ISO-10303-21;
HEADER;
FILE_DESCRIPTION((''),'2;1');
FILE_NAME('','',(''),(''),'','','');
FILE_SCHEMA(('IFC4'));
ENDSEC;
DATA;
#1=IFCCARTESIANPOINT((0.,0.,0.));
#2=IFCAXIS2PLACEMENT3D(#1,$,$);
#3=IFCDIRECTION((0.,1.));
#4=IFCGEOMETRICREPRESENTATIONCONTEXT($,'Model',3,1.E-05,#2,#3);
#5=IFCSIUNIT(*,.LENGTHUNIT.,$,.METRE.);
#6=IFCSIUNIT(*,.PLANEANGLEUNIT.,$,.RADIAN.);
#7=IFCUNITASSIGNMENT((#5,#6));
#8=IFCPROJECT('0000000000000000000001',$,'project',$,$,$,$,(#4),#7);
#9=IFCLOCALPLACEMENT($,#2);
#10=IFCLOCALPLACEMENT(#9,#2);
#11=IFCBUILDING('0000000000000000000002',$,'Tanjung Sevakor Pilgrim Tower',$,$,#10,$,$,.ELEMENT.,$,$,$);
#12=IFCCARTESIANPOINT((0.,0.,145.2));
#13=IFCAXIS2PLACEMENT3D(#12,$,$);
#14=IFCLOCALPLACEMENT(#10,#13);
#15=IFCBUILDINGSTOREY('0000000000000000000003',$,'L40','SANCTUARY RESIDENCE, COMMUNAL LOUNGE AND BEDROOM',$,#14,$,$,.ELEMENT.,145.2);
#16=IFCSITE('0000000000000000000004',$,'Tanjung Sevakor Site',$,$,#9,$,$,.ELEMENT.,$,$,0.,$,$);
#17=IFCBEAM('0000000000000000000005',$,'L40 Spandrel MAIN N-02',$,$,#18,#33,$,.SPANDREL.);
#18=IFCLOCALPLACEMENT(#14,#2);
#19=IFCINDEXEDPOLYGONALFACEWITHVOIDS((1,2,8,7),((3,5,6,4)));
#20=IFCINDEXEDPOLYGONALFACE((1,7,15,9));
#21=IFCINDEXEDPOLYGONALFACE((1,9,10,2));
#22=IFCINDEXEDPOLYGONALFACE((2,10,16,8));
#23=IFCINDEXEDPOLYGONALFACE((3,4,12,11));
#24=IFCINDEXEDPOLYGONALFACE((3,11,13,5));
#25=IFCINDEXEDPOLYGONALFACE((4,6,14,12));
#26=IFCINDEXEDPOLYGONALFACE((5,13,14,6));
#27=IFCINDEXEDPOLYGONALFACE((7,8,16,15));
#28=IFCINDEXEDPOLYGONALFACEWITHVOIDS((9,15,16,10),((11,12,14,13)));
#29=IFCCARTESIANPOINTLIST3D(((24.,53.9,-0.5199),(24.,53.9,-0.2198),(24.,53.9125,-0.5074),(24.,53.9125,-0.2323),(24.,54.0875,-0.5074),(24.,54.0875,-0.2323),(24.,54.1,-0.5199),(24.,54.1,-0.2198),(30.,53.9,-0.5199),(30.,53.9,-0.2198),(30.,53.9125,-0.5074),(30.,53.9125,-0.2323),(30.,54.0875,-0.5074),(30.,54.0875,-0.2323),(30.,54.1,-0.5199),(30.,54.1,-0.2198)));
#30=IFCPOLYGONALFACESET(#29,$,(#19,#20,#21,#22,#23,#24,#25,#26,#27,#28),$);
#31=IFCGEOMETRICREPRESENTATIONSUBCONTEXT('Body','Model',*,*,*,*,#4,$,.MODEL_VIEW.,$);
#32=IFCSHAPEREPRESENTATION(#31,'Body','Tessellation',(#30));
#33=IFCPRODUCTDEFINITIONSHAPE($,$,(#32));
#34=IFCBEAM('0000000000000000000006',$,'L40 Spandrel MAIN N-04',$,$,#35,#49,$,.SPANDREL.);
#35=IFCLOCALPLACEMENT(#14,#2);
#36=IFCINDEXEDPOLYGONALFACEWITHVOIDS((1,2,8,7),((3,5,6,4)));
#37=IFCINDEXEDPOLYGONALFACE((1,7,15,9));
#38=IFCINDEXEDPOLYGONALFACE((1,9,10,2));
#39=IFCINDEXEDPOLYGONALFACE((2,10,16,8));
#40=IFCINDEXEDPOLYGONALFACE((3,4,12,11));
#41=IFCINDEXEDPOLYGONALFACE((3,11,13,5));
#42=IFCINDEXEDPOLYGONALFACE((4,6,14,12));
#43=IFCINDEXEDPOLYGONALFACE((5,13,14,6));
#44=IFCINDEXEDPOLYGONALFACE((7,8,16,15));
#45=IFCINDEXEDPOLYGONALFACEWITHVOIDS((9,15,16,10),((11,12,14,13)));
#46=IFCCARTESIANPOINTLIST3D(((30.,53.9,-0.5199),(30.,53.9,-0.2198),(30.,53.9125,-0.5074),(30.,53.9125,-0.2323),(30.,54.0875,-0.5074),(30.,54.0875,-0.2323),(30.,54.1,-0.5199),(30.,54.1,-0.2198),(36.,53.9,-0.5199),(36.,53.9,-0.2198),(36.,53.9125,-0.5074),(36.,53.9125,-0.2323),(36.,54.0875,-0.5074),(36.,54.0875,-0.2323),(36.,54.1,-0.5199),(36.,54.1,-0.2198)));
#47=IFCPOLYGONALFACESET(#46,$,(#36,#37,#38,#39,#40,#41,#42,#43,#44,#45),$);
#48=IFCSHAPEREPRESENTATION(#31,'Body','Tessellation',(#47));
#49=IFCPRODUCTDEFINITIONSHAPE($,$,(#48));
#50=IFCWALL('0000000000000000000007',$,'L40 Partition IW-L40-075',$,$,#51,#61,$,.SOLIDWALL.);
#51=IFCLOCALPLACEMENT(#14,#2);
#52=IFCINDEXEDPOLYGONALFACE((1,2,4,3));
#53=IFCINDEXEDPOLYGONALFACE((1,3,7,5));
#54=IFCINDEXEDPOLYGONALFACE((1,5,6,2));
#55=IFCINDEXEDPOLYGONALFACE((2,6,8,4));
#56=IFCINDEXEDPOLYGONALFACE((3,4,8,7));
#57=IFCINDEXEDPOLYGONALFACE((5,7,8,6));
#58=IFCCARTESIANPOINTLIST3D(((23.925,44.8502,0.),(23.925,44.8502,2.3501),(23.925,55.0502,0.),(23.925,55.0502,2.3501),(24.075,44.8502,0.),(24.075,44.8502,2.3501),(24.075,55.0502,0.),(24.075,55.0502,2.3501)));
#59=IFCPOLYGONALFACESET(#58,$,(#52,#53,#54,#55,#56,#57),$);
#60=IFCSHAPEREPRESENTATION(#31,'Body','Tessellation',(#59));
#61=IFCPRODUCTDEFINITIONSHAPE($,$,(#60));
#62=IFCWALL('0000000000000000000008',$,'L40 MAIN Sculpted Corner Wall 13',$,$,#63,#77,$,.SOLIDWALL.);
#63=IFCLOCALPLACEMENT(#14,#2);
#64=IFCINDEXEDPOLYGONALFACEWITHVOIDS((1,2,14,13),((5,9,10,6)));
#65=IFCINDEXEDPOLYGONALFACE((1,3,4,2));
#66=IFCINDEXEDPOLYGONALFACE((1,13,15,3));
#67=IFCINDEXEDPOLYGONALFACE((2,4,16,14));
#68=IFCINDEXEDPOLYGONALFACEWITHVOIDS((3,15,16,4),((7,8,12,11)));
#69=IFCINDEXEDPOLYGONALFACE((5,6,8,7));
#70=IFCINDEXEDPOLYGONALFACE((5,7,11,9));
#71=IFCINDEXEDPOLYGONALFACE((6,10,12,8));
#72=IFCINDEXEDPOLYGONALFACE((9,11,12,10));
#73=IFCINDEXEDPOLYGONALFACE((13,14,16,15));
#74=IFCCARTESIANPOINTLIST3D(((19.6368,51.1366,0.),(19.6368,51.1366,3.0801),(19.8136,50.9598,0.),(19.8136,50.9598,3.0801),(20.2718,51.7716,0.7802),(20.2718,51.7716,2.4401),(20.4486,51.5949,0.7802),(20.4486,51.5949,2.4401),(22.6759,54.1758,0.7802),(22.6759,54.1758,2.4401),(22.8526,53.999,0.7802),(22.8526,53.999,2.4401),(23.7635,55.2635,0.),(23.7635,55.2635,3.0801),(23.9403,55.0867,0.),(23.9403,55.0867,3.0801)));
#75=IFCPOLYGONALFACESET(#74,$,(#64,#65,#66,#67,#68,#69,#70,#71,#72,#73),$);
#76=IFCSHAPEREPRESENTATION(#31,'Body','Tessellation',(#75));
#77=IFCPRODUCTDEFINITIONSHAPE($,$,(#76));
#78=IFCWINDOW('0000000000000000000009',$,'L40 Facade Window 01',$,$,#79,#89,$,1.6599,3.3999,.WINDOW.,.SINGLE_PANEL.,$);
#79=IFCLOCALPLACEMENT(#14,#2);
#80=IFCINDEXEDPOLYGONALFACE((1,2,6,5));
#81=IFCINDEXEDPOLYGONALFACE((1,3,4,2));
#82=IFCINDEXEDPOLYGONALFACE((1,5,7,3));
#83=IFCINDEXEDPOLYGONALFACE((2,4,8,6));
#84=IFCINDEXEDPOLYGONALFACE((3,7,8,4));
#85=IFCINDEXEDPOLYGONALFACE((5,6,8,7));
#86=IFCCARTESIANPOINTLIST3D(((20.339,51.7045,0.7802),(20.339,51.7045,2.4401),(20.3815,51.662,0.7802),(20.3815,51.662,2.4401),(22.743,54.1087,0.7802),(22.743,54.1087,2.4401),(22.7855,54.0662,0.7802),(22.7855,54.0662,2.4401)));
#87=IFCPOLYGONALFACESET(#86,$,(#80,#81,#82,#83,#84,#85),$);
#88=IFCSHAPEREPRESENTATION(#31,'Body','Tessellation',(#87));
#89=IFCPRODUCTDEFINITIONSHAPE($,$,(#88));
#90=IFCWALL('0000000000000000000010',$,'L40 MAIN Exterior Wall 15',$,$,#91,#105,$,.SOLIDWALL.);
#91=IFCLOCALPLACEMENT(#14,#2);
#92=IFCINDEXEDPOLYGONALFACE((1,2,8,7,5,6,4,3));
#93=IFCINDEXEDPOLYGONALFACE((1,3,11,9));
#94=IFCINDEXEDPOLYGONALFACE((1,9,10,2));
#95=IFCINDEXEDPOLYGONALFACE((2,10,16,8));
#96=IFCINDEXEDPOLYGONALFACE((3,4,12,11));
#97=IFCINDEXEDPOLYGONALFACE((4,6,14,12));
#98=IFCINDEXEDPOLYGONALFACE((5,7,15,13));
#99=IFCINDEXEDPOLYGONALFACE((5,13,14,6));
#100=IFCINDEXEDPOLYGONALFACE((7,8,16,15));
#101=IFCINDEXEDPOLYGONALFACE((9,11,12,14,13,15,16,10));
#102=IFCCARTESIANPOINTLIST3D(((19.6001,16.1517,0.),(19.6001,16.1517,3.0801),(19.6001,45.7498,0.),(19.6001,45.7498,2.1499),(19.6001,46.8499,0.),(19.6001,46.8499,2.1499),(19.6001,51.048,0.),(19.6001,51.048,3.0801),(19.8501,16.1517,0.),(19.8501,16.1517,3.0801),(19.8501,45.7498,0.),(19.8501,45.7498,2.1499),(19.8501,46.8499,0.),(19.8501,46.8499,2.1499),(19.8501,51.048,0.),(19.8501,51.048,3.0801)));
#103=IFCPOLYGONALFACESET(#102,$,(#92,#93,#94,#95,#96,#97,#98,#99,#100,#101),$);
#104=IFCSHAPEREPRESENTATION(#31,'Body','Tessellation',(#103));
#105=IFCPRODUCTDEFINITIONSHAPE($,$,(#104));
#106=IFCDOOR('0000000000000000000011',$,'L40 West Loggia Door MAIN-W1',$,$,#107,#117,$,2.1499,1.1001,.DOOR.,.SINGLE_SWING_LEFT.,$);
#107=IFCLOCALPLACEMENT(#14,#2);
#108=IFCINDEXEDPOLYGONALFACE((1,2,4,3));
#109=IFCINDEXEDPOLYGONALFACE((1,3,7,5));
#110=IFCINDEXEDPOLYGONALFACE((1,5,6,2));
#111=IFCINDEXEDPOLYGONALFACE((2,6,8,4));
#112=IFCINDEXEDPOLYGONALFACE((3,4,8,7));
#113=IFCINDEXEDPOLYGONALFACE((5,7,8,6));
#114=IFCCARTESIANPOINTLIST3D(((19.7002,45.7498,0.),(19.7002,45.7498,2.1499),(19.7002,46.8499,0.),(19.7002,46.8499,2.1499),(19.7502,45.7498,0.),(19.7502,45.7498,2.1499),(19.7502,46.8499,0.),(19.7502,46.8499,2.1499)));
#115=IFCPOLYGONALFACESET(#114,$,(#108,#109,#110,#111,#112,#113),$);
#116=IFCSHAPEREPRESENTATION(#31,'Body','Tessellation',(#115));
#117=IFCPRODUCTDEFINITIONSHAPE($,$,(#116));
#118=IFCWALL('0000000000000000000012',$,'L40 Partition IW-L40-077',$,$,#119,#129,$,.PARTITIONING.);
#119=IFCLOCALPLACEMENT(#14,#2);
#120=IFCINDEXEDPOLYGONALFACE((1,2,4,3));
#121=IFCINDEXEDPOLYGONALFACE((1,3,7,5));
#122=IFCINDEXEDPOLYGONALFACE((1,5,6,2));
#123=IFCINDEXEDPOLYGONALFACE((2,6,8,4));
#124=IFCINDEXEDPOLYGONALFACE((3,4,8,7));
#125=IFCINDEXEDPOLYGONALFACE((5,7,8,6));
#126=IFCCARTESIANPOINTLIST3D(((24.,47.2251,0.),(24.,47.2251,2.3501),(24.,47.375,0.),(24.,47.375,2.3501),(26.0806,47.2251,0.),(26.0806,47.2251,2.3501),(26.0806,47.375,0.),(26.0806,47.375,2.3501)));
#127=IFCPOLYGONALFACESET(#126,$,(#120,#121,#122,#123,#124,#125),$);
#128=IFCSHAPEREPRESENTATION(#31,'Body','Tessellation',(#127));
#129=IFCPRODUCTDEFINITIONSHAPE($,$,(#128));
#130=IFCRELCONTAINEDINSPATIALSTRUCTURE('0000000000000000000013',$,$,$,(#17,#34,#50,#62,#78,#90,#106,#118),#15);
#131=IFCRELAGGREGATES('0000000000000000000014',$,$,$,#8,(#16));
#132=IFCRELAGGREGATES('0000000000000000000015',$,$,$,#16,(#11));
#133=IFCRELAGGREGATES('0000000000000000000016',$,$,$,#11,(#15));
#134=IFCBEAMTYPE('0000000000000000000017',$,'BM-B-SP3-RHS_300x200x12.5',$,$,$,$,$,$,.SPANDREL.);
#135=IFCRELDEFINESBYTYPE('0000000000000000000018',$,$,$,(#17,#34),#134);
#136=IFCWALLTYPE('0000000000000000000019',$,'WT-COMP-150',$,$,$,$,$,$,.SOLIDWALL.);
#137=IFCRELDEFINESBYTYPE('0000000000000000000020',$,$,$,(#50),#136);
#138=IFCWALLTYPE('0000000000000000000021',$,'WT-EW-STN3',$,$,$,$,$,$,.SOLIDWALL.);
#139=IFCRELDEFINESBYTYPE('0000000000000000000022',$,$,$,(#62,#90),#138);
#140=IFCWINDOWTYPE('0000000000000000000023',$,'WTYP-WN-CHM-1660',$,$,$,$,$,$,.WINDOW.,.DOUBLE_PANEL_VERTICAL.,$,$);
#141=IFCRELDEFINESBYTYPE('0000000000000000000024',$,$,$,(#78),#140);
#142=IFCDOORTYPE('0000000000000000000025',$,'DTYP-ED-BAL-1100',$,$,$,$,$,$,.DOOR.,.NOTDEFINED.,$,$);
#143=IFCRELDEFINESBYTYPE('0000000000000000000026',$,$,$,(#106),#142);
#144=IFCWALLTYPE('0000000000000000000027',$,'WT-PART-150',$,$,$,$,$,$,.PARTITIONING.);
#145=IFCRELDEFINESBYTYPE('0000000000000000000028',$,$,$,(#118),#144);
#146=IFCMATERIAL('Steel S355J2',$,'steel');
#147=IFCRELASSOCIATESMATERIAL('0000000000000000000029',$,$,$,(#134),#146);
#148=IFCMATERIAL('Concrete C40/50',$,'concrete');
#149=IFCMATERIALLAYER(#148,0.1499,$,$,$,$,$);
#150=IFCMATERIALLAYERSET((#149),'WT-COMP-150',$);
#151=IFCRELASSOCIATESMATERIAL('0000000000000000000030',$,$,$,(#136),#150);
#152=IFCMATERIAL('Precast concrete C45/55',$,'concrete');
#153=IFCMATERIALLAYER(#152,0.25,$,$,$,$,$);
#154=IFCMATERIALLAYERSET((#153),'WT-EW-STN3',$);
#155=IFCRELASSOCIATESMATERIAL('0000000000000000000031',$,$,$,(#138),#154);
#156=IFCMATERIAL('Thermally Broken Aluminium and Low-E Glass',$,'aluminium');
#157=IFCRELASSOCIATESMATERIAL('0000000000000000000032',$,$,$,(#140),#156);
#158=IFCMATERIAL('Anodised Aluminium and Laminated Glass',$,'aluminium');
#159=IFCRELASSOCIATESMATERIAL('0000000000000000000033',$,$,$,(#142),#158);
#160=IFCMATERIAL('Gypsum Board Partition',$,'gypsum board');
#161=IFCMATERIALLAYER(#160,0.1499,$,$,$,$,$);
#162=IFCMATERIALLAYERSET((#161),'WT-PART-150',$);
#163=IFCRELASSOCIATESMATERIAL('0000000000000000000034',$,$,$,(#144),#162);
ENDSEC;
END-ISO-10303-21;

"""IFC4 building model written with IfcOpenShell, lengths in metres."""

from ifc_helpers import new_model, si_unit, direction, frame, frame_2d, origin, origin_2d, place, context, subcontext, project, spatial, rectangle, hollow_rectangle, extrude, material, layer, layer_set, material_profile, profile_set, type_object, element, fill, save


model = new_model("IFC4")

# Units and contexts
model_context = context("Model", 3, precision=1e-05, world=origin(), true_north=direction((0.0, 1.0)))
body_context = subcontext(model_context, "Body", "Model", "MODEL_VIEW")
ifc_project = project(units=[si_unit("LENGTHUNIT", "METRE"), si_unit("PLANEANGLEUNIT", "RADIAN")], contexts=[model_context])

# Site, building, storey
site_placement = place(None, origin())
site = spatial("IfcSite", under=ifc_project, at=site_placement, Name="Tanjung Sevakor Site", CompositionType="ELEMENT", RefElevation=0.0)
building_placement = place(site_placement, origin())
building = spatial("IfcBuilding", under=site, at=building_placement, Name="Tanjung Sevakor Pilgrim Tower", CompositionType="ELEMENT")
storey_placement = place(building_placement, frame((0.0, 0.0, 145.2)))
storey = spatial("IfcBuildingStorey", under=building, at=storey_placement, Name="L40", Description="SANCTUARY RESIDENCE, COMMUNAL LOUNGE AND BEDROOM", CompositionType="ELEMENT", Elevation=145.2)

# Beams
ifc_material_1 = material(Name="Steel S355J2", Category="steel")
ifc_material_profile_1 = material_profile(ifc_material_1, hollow_rectangle(XDim=0.2, YDim=0.3, WallThickness=0.0125, at=origin_2d()))
ifc_profile_set_1 = profile_set([ifc_material_profile_1], Name="Steel S355J2")
beam_type_1 = type_object("IfcBeamType", Name="BM-B-SP3-RHS_300x200x12.5", PredefinedType="SPANDREL", material=ifc_profile_set_1)
for number, where, z_axis, x_axis, name in (
    (1, (24.0, 54.0, -0.3699), (1.0, 0.0, 0.0), (0.0, 1.0, 0.0), "L40 Spandrel MAIN N-02"),
    (2, (30.0, 54.0, -0.3699), (1.0, 0.0, 0.0), (0.0, 1.0, 0.0), "L40 Spandrel MAIN N-04"),
):
    element("IfcBeam", number, at=place(storey_placement, frame(where, z_axis=z_axis, x_axis=x_axis)), inside=storey, type_object=beam_type_1, Name=name, PredefinedType="SPANDREL", context=body_context, shape_type="SweptSolid", body=[
        extrude(hollow_rectangle(XDim=0.2, YDim=0.3, WallThickness=0.0125, at=origin_2d()), origin(), (0.0, 0.0, 1.0), 6.0),
    ])

# Wall
ifc_material_2 = material(Name="Concrete C40/50", Category="concrete")
ifc_layer_1 = layer(ifc_material_2, 0.1499)
ifc_layer_set_1 = layer_set([ifc_layer_1], Name="WT-COMP-150")
wall_type_1 = type_object("IfcWallType", Name="WT-COMP-150", PredefinedType="SOLIDWALL", material=ifc_layer_set_1)
wall_1_placement = place(storey_placement, frame((24.0, 44.8501, 0.0), z_axis=(0.0, 0.0, 1.0), x_axis=(0.0, 1.0, 0.0)))
element("IfcWall", 3, at=wall_1_placement, inside=storey, type_object=wall_type_1, Name="L40 Partition IW-L40-075", PredefinedType="SOLIDWALL", context=body_context, shape_type="SweptSolid", body=[
    extrude(rectangle(XDim=10.2, YDim=0.1499, at=frame_2d((5.1001, 0.0))), origin(), (0.0, 0.0, 1.0), 2.3501),
])

# Wall, opening, window
ifc_material_3 = material(Name="Precast concrete C45/55", Category="concrete")
ifc_layer_2 = layer(ifc_material_3, 0.25)
ifc_layer_set_2 = layer_set([ifc_layer_2], Name="WT-EW-STN3")
wall_type_2 = type_object("IfcWallType", Name="WT-EW-STN3", PredefinedType="SOLIDWALL", material=ifc_layer_set_2)
wall_2_placement = place(storey_placement, frame((23.8518, 55.175, 0.0), z_axis=(0.0, 0.0, 1.0), x_axis=(-0.707086, -0.707128, 0.0)))
wall_2 = element("IfcWall", 4, at=wall_2_placement, inside=storey, type_object=wall_type_2, Name="L40 MAIN Sculpted Corner Wall 13", PredefinedType="SOLIDWALL", context=body_context, shape_type="SweptSolid", body=[
    extrude(rectangle(XDim=5.8362, YDim=0.25, at=frame_2d((2.918, 0.0))), origin(), (0.0, 0.0, 1.0), 3.0801),
])
opening_1_placement = place(wall_2_placement, frame((1.5381, 0.0, 0.78)))
opening_1 = element("IfcOpeningElement", 5, at=opening_1_placement, cuts=wall_2, PredefinedType="OPENING", context=body_context, shape_type="SweptSolid", body=[
    extrude(rectangle(XDim=3.3999, YDim=1.6599, at=frame_2d((1.7, 0.8301))), frame((0.0, 0.135, 0.0), z_axis=(0.0, -1.0, 0.0), x_axis=(1.0, 0.0, 0.0)), (0.0, 0.0, 1.0), 0.27),
])
ifc_material_4 = material(Name="Thermally Broken Aluminium and Low-E Glass", Category="aluminium")
window_type = type_object("IfcWindowType", Name="WTYP-WN-CHM-1660", PartitioningType="DOUBLE_PANEL_VERTICAL", PredefinedType="WINDOW", material=ifc_material_4)
window_placement = place(opening_1_placement, origin())
window = element("IfcWindow", 6, at=window_placement, inside=storey, type_object=window_type, Name="L40 Facade Window 01", OverallHeight=1.6599, OverallWidth=3.3999, PartitioningType="SINGLE_PANEL", PredefinedType="WINDOW", context=body_context, shape_type="SweptSolid", body=[
    extrude(rectangle(XDim=3.3999, YDim=1.6599, at=frame_2d((1.7, 0.8301))), frame((0.0, 0.03, 0.0), z_axis=(0.0, -1.0, 0.0), x_axis=(1.0, 0.0, 0.0)), (0.0, 0.0, 1.0), 0.0601),
])
fill(opening_1, window)

# Wall, opening, door
wall_3_placement = place(storey_placement, frame((19.7251, 51.0481, 0.0), z_axis=(0.0, 0.0, 1.0), x_axis=(0.0, -1.0, 0.0)))
wall_3 = element("IfcWall", 7, at=wall_3_placement, inside=storey, type_object=wall_type_2, Name="L40 MAIN Exterior Wall 15", PredefinedType="SOLIDWALL", context=body_context, shape_type="SweptSolid", body=[
    extrude(rectangle(XDim=34.8962, YDim=0.25, at=frame_2d((17.4482, 0.0))), origin(), (0.0, 0.0, 1.0), 3.0801),
])
opening_2_placement = place(wall_3_placement, frame((4.1982, 0.0, 0.0)))
opening_2 = element("IfcOpeningElement", 8, at=opening_2_placement, cuts=wall_3, PredefinedType="OPENING", context=body_context, shape_type="SweptSolid", body=[
    extrude(rectangle(XDim=1.1001, YDim=2.1499, at=frame_2d((0.55, 1.075))), frame((0.0, 0.135, 0.0), z_axis=(0.0, -1.0, 0.0), x_axis=(1.0, 0.0, 0.0)), (0.0, 0.0, 1.0), 0.27),
])
ifc_material_5 = material(Name="Anodised Aluminium and Laminated Glass", Category="aluminium")
door_type_1 = type_object("IfcDoorType", Name="DTYP-ED-BAL-1100", OperationType="NOTDEFINED", PredefinedType="DOOR", material=ifc_material_5)
door_1_placement = place(opening_2_placement, frame((1.1001, 0.0, 0.0), z_axis=(0.0, 0.0, 1.0), x_axis=(-1.0, 0.0, 0.0)))
door_1 = element("IfcDoor", 9, at=door_1_placement, inside=storey, type_object=door_type_1, Name="L40 West Loggia Door MAIN-W1", OperationType="SINGLE_SWING_LEFT", OverallHeight=2.1499, OverallWidth=1.1001, PredefinedType="DOOR", context=body_context, shape_type="SweptSolid", body=[
    extrude(rectangle(XDim=1.1001, YDim=2.1499, at=frame_2d((0.55, 1.075))), frame((0.0, 0.0249, 0.0), z_axis=(0.0, -1.0, 0.0), x_axis=(1.0, 0.0, 0.0)), (0.0, 0.0, 1.0), 0.05),
])
fill(opening_2, door_1)

# Wall
ifc_material_6 = material(Name="Gypsum Board Partition", Category="gypsum board")
ifc_layer_3 = layer(ifc_material_6, 0.1499)
ifc_layer_set_3 = layer_set([ifc_layer_3], Name="WT-PART-150")
wall_type_3 = type_object("IfcWallType", Name="WT-PART-150", PredefinedType="PARTITIONING", material=ifc_layer_set_3)
wall_4_placement = place(storey_placement, frame((24.0, 47.3, 0.0), z_axis=(0.0, 0.0, 1.0), x_axis=(1.0, 0.0, 0.0)))
element("IfcWall", 10, at=wall_4_placement, inside=storey, type_object=wall_type_3, Name="L40 Partition IW-L40-077", PredefinedType="PARTITIONING", context=body_context, shape_type="SweptSolid", body=[
    extrude(rectangle(XDim=2.0806, YDim=0.1499, at=frame_2d((1.0403, 0.0))), origin(), (0.0, 0.0, 1.0), 2.3501),
])

save(model, "model.ifc")
